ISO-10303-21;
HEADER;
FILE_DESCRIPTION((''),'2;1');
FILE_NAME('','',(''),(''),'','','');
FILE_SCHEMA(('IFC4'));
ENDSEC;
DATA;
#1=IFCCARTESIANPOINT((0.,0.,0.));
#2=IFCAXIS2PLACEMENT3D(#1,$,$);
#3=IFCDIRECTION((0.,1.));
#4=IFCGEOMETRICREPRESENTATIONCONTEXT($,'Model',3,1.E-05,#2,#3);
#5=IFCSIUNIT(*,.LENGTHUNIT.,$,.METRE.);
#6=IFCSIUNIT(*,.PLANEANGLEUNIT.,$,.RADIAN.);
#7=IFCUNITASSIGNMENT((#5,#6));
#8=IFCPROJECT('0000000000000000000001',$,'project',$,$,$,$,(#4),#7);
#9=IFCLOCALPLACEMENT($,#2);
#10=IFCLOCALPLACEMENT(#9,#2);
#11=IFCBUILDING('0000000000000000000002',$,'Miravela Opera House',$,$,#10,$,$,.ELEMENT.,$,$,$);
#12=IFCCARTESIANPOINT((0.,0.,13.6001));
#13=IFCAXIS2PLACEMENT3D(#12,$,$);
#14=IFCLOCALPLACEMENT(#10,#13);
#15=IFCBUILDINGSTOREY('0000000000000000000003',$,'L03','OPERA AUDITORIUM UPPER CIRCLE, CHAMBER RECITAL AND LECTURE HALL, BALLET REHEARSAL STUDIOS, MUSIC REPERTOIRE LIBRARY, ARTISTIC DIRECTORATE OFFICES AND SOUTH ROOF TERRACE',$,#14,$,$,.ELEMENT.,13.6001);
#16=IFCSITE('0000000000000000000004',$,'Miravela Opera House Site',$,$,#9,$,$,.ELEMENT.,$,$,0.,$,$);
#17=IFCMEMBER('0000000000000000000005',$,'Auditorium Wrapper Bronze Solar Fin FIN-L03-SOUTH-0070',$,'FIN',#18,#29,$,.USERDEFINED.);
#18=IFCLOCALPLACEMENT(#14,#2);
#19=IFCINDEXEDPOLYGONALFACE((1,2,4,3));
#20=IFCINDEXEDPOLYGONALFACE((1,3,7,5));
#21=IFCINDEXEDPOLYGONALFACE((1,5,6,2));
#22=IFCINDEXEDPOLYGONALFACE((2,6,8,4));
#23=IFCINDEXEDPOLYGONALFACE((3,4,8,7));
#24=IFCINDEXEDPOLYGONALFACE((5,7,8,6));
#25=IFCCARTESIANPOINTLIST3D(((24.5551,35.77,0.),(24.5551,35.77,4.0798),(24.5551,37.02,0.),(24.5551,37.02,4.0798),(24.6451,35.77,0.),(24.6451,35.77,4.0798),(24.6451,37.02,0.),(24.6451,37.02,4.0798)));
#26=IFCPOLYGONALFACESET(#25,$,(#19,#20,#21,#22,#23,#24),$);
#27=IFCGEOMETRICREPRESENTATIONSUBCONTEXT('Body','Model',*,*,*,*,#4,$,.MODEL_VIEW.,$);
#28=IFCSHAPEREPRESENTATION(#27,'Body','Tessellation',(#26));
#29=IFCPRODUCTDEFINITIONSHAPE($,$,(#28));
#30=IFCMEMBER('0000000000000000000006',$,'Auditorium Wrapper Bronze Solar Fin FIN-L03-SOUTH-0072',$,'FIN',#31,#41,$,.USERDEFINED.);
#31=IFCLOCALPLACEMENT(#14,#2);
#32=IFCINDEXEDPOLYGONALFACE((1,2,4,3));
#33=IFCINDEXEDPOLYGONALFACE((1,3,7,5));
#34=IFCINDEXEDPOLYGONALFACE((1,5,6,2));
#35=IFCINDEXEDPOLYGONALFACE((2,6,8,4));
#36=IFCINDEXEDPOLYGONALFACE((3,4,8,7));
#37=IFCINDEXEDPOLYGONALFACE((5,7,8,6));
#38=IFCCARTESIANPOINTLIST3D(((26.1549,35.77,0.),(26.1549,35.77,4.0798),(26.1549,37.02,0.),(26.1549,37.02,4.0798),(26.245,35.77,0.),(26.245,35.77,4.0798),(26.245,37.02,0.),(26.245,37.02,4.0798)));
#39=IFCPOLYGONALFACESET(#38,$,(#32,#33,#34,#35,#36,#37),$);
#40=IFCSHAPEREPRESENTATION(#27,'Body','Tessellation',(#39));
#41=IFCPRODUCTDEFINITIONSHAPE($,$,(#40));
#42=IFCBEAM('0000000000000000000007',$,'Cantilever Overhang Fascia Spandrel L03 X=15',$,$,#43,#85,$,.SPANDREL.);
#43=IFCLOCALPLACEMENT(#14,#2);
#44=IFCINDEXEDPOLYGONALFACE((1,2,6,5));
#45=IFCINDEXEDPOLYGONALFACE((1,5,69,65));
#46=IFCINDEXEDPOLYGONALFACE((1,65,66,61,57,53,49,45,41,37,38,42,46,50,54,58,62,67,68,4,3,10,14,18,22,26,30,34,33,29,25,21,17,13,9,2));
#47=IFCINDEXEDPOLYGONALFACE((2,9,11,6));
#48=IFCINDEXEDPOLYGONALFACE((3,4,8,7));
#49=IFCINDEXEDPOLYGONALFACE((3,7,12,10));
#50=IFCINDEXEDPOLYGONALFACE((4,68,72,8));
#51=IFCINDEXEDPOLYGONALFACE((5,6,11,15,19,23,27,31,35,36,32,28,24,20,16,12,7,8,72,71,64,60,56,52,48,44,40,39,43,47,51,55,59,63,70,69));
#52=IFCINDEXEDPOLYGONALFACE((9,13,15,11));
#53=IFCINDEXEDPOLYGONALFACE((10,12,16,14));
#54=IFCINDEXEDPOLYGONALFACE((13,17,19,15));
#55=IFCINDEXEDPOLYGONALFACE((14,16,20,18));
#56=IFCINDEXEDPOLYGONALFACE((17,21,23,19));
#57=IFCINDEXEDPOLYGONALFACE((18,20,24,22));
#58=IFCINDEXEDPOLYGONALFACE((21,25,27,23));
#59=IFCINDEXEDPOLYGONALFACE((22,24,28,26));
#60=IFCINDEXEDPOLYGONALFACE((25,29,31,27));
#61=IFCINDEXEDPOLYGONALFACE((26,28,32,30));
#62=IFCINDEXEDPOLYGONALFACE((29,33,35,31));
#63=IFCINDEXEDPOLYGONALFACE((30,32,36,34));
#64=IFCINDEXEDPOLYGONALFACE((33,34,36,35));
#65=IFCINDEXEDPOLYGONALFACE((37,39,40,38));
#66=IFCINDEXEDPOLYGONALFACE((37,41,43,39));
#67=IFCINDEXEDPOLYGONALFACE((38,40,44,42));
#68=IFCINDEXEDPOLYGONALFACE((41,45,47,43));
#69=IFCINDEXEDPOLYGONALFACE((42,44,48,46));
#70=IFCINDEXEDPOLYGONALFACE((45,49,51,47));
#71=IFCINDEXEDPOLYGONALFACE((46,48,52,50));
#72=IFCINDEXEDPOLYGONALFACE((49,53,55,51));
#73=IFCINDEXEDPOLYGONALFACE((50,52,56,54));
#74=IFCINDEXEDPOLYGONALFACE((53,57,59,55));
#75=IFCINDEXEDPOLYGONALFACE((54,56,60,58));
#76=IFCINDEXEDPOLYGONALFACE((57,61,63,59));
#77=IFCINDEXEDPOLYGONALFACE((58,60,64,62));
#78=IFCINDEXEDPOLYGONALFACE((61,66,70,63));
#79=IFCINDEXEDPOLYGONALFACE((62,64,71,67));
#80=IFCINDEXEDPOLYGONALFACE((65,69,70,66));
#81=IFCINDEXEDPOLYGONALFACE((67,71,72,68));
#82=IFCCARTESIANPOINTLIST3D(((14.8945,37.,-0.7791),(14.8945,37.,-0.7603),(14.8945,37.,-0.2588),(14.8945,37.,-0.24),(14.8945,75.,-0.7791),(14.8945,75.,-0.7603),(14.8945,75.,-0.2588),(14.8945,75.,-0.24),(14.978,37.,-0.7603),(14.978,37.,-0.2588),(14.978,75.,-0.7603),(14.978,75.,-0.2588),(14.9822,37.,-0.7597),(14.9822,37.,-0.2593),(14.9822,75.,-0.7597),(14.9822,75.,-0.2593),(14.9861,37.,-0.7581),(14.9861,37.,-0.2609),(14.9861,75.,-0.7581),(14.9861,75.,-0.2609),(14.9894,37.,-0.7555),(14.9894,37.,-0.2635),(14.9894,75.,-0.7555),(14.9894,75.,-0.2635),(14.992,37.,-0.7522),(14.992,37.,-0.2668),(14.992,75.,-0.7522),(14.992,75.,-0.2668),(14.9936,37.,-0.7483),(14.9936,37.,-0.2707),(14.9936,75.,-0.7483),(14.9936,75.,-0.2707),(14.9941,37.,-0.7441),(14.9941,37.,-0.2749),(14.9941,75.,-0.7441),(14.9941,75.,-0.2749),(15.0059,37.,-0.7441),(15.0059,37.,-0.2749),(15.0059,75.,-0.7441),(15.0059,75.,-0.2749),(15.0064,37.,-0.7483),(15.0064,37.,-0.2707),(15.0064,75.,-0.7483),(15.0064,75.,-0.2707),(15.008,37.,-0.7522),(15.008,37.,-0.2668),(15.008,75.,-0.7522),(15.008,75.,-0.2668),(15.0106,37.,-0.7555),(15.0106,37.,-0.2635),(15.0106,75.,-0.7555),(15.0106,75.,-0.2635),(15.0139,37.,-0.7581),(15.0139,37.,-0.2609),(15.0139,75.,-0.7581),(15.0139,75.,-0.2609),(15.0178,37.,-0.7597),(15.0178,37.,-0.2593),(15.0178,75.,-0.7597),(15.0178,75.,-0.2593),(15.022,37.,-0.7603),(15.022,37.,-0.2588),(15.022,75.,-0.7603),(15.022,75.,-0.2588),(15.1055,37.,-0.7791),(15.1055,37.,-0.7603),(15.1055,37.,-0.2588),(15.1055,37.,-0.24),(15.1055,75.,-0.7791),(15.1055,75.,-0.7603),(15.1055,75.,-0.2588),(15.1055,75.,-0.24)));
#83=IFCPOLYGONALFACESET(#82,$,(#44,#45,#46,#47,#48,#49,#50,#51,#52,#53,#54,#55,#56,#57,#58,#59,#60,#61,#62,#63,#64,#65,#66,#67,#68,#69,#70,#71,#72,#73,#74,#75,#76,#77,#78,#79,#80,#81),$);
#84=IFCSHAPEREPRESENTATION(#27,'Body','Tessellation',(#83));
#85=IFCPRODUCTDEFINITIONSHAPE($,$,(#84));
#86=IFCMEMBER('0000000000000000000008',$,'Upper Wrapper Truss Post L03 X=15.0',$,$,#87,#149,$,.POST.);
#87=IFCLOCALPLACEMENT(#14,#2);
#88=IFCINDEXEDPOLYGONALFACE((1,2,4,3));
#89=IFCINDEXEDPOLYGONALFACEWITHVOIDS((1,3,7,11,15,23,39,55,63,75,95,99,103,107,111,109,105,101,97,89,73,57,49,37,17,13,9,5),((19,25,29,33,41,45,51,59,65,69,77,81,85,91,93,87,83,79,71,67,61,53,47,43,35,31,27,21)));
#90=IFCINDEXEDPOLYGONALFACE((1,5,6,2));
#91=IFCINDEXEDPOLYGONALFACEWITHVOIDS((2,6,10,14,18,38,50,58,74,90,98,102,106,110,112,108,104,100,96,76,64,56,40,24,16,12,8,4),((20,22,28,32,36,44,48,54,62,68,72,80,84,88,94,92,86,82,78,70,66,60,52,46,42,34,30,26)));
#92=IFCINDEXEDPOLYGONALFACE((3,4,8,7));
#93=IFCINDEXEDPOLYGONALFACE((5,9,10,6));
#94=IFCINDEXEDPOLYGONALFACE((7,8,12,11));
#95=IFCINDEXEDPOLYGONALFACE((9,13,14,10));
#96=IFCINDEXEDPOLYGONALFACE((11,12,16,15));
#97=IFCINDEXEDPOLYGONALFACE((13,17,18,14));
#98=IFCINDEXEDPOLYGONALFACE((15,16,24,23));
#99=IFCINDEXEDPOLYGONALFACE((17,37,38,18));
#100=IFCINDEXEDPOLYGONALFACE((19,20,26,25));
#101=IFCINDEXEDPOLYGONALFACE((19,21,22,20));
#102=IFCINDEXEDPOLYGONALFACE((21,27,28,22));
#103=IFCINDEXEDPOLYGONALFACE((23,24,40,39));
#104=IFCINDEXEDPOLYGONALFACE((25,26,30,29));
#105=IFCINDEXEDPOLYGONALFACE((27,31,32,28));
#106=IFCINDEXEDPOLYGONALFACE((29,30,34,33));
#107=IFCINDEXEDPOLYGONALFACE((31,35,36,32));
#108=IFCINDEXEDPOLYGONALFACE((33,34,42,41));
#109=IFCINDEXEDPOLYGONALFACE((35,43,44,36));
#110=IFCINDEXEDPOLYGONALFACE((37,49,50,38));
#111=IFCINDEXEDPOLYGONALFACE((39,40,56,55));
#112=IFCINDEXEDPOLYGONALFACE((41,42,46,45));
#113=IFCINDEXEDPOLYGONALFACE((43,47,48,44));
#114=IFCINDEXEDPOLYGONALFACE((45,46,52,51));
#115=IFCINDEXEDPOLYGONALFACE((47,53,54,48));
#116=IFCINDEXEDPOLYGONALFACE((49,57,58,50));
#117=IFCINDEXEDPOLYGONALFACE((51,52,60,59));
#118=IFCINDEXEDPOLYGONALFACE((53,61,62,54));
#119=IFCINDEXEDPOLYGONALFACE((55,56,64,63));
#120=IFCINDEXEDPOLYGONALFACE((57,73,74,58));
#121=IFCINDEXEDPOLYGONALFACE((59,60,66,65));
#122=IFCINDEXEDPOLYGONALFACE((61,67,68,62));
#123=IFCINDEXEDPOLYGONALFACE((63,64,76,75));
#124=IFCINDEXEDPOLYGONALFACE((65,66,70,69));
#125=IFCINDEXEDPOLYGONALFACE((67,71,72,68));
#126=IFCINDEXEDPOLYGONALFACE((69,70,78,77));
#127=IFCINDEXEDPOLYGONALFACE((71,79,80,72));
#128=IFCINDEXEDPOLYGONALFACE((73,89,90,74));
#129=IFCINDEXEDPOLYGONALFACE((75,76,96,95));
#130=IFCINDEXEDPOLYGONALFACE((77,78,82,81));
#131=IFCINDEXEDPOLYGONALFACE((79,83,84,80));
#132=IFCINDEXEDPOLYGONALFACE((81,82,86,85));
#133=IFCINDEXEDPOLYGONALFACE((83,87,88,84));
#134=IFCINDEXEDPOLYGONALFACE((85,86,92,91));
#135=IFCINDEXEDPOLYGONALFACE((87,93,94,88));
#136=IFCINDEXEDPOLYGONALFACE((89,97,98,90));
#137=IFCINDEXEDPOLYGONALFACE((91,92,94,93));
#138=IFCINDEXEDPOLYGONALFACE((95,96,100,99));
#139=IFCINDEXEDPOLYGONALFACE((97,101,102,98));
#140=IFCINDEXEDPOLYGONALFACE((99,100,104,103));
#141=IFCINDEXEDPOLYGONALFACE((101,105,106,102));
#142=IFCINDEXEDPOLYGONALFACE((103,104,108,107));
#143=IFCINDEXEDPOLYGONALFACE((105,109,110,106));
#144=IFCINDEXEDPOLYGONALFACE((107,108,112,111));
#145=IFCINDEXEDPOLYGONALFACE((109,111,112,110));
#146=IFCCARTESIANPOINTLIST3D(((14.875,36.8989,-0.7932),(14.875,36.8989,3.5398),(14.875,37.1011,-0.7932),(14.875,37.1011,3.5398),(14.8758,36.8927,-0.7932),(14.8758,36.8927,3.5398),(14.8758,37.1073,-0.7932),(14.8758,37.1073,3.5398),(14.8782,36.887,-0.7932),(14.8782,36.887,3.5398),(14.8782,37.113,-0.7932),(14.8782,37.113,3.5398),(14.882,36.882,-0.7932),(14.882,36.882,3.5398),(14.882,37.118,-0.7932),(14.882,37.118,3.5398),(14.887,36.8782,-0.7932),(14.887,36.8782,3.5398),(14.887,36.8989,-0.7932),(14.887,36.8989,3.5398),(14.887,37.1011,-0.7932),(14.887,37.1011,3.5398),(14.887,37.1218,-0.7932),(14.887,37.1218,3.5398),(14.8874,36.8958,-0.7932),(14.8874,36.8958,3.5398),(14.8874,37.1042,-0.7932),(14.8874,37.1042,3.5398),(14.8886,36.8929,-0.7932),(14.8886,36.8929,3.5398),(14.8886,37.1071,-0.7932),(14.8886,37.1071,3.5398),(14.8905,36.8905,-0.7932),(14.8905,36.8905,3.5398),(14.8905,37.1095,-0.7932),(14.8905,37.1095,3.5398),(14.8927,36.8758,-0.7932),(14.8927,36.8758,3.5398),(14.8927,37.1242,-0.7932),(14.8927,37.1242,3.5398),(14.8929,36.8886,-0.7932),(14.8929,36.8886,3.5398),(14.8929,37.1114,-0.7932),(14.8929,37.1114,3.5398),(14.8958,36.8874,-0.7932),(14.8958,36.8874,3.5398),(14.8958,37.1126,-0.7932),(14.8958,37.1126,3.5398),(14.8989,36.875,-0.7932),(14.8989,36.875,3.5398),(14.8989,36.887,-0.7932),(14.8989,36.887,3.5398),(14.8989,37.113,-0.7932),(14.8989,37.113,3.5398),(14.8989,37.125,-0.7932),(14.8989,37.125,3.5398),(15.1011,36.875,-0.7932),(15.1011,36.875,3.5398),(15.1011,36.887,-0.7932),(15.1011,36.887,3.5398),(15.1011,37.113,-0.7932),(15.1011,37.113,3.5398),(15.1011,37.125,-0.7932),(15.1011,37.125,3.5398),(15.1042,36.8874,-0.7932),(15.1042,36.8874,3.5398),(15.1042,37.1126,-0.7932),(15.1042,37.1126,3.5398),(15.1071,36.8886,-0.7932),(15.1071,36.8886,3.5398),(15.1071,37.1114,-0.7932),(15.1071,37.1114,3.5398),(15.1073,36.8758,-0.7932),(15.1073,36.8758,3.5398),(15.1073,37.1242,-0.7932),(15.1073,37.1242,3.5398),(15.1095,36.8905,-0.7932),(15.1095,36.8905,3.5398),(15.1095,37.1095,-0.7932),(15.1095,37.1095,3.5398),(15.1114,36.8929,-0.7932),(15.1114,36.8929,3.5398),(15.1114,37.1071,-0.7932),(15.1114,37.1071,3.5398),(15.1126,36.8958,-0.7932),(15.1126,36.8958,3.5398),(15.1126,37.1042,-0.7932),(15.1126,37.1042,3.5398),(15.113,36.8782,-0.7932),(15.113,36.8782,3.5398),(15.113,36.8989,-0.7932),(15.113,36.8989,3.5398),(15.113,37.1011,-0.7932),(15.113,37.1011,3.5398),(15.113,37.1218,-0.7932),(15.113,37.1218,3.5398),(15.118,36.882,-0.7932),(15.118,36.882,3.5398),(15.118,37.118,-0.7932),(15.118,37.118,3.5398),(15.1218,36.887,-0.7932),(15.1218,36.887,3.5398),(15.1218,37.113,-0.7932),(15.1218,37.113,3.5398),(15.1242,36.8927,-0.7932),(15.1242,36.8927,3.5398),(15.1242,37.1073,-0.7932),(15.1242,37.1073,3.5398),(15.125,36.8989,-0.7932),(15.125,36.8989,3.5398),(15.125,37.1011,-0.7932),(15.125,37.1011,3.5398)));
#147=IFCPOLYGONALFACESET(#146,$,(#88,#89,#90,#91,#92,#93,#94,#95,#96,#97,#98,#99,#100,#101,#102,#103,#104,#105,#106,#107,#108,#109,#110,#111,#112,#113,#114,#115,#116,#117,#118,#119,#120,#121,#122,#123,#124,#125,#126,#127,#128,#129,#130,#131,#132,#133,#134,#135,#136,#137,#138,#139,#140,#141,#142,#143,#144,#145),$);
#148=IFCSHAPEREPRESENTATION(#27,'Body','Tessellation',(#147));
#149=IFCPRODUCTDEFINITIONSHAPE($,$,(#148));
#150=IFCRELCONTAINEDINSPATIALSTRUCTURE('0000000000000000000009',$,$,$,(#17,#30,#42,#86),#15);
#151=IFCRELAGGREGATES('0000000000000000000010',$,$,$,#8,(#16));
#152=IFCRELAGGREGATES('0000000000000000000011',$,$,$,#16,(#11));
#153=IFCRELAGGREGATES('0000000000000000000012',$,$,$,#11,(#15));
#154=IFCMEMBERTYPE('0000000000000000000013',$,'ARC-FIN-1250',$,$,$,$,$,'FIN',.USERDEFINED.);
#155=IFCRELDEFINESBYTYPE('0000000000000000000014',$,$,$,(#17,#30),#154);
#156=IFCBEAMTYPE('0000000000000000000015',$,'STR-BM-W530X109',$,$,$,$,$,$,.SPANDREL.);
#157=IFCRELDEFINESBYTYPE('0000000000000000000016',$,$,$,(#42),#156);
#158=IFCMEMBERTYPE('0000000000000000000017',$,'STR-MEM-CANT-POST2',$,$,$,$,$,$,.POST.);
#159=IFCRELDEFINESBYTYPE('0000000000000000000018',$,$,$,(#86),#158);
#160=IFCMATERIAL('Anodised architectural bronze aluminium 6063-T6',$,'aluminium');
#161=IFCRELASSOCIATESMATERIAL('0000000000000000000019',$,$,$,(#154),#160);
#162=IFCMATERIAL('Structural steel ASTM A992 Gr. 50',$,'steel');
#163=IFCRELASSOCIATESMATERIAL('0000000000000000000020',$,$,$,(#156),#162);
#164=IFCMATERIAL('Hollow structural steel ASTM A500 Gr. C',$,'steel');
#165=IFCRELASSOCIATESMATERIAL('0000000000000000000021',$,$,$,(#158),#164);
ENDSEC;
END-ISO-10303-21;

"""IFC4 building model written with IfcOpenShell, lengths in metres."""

from ifc_helpers import new_model, si_unit, direction, frame, origin, origin_2d, place, context, subcontext, project, spatial, rectangle, hollow_rectangle, i_section, extrude, material, material_profile, profile_set, type_object, element, save


model = new_model("IFC4")

# Units and contexts
model_context = context("Model", 3, precision=1e-05, world=origin(), true_north=direction((0.0, 1.0)))
body_context = subcontext(model_context, "Body", "Model", "MODEL_VIEW")
ifc_project = project(units=[si_unit("LENGTHUNIT", "METRE"), si_unit("PLANEANGLEUNIT", "RADIAN")], contexts=[model_context])

# Site, building, storey
site_placement = place(None, origin())
site = spatial("IfcSite", under=ifc_project, at=site_placement, Name="Miravela Opera House Site", CompositionType="ELEMENT", RefElevation=0.0)
building_placement = place(site_placement, origin())
building = spatial("IfcBuilding", under=site, at=building_placement, Name="Miravela Opera House", CompositionType="ELEMENT")
storey_placement = place(building_placement, frame((0.0, 0.0, 13.6001)))
storey = spatial("IfcBuildingStorey", under=building, at=storey_placement, Name="L03", Description="OPERA AUDITORIUM UPPER CIRCLE, CHAMBER RECITAL AND LECTURE HALL, BALLET REHEARSAL STUDIOS, MUSIC REPERTOIRE LIBRARY, ARTISTIC DIRECTORATE OFFICES AND SOUTH ROOF TERRACE", CompositionType="ELEMENT", Elevation=13.6001)

# Members
ifc_material_1 = material(Name="Anodised architectural bronze aluminium 6063-T6", Category="aluminium")
ifc_material_profile_1 = material_profile(ifc_material_1, rectangle(XDim=0.0901, YDim=1.25, at=origin_2d()), Name="FIN-1250X90")
ifc_profile_set_1 = profile_set([ifc_material_profile_1])
member_type_1 = type_object("IfcMemberType", Name="ARC-FIN-1250", ElementType="FIN", PredefinedType="USERDEFINED", material=ifc_profile_set_1)
for number, where, z_axis, x_axis, name in (
    (1, (24.6001, 36.395, 0.0), (0.0, 0.0, 1.0), (1.0, 0.0, 0.0), "Auditorium Wrapper Bronze Solar Fin FIN-L03-SOUTH-0070"),
    (2, (26.2, 36.395, 0.0), (0.0, 0.0, 1.0), (1.0, 0.0, 0.0), "Auditorium Wrapper Bronze Solar Fin FIN-L03-SOUTH-0072"),
):
    element("IfcMember", number, at=place(storey_placement, frame(where, z_axis=z_axis, x_axis=x_axis)), inside=storey, type_object=member_type_1, Name=name, ObjectType="FIN", PredefinedType="USERDEFINED", context=body_context, shape_type="SweptSolid", body=[
        extrude(rectangle(XDim=0.0901, YDim=1.25, at=origin_2d()), origin(), (0.0, 0.0, 1.0), 4.0798),
    ])

# Beam
ifc_material_2 = material(Name="Structural steel ASTM A992 Gr. 50", Category="steel")
ifc_material_profile_2 = material_profile(ifc_material_2, i_section(OverallWidth=0.2109, OverallDepth=0.5391, WebThickness=0.0117, FlangeThickness=0.0188, FilletRadius=0.0161, at=origin_2d()), Name="W530X109")
ifc_profile_set_2 = profile_set([ifc_material_profile_2])
beam_type = type_object("IfcBeamType", Name="STR-BM-W530X109", PredefinedType="SPANDREL", material=ifc_profile_set_2)
beam_placement = place(storey_placement, frame((15.0, 37.0, -0.5095), z_axis=(0.0, 1.0, 0.0), x_axis=(-1.0, 0.0, 0.0)))
element("IfcBeam", 3, at=beam_placement, inside=storey, type_object=beam_type, Name="Cantilever Overhang Fascia Spandrel L03 X=15", PredefinedType="SPANDREL", context=body_context, shape_type="SweptSolid", body=[
    extrude(i_section(OverallWidth=0.2109, OverallDepth=0.5391, WebThickness=0.0117, FlangeThickness=0.0188, FilletRadius=0.0161, at=origin_2d()), origin(), (0.0, 0.0, 1.0), 38.0),
])

# Member
ifc_material_3 = material(Name="Hollow structural steel ASTM A500 Gr. C", Category="steel")
ifc_material_profile_3 = material_profile(ifc_material_3, hollow_rectangle(XDim=0.25, YDim=0.25, WallThickness=0.012, InnerFilletRadius=0.012, OuterFilletRadius=0.0239, at=origin_2d()), Name="HSS250X250X12")
ifc_profile_set_3 = profile_set([ifc_material_profile_3])
member_type_2 = type_object("IfcMemberType", Name="STR-MEM-CANT-POST2", PredefinedType="POST", material=ifc_profile_set_3)
for number, where, z_axis, x_axis, name in (
    (4, (15.0, 37.0, -0.7932), (0.0, 0.0, 1.0), (1.0, 0.0, 0.0), "Upper Wrapper Truss Post L03 X=15.0"),
):
    element("IfcMember", number, at=place(storey_placement, frame(where, z_axis=z_axis, x_axis=x_axis)), inside=storey, type_object=member_type_2, Name=name, PredefinedType="POST", context=body_context, shape_type="SweptSolid", body=[
        extrude(hollow_rectangle(XDim=0.25, YDim=0.25, WallThickness=0.012, InnerFilletRadius=0.012, OuterFilletRadius=0.0239, at=origin_2d()), origin(), (0.0, 0.0, 1.0), 4.333),
    ])

save(model, "model.ifc")
